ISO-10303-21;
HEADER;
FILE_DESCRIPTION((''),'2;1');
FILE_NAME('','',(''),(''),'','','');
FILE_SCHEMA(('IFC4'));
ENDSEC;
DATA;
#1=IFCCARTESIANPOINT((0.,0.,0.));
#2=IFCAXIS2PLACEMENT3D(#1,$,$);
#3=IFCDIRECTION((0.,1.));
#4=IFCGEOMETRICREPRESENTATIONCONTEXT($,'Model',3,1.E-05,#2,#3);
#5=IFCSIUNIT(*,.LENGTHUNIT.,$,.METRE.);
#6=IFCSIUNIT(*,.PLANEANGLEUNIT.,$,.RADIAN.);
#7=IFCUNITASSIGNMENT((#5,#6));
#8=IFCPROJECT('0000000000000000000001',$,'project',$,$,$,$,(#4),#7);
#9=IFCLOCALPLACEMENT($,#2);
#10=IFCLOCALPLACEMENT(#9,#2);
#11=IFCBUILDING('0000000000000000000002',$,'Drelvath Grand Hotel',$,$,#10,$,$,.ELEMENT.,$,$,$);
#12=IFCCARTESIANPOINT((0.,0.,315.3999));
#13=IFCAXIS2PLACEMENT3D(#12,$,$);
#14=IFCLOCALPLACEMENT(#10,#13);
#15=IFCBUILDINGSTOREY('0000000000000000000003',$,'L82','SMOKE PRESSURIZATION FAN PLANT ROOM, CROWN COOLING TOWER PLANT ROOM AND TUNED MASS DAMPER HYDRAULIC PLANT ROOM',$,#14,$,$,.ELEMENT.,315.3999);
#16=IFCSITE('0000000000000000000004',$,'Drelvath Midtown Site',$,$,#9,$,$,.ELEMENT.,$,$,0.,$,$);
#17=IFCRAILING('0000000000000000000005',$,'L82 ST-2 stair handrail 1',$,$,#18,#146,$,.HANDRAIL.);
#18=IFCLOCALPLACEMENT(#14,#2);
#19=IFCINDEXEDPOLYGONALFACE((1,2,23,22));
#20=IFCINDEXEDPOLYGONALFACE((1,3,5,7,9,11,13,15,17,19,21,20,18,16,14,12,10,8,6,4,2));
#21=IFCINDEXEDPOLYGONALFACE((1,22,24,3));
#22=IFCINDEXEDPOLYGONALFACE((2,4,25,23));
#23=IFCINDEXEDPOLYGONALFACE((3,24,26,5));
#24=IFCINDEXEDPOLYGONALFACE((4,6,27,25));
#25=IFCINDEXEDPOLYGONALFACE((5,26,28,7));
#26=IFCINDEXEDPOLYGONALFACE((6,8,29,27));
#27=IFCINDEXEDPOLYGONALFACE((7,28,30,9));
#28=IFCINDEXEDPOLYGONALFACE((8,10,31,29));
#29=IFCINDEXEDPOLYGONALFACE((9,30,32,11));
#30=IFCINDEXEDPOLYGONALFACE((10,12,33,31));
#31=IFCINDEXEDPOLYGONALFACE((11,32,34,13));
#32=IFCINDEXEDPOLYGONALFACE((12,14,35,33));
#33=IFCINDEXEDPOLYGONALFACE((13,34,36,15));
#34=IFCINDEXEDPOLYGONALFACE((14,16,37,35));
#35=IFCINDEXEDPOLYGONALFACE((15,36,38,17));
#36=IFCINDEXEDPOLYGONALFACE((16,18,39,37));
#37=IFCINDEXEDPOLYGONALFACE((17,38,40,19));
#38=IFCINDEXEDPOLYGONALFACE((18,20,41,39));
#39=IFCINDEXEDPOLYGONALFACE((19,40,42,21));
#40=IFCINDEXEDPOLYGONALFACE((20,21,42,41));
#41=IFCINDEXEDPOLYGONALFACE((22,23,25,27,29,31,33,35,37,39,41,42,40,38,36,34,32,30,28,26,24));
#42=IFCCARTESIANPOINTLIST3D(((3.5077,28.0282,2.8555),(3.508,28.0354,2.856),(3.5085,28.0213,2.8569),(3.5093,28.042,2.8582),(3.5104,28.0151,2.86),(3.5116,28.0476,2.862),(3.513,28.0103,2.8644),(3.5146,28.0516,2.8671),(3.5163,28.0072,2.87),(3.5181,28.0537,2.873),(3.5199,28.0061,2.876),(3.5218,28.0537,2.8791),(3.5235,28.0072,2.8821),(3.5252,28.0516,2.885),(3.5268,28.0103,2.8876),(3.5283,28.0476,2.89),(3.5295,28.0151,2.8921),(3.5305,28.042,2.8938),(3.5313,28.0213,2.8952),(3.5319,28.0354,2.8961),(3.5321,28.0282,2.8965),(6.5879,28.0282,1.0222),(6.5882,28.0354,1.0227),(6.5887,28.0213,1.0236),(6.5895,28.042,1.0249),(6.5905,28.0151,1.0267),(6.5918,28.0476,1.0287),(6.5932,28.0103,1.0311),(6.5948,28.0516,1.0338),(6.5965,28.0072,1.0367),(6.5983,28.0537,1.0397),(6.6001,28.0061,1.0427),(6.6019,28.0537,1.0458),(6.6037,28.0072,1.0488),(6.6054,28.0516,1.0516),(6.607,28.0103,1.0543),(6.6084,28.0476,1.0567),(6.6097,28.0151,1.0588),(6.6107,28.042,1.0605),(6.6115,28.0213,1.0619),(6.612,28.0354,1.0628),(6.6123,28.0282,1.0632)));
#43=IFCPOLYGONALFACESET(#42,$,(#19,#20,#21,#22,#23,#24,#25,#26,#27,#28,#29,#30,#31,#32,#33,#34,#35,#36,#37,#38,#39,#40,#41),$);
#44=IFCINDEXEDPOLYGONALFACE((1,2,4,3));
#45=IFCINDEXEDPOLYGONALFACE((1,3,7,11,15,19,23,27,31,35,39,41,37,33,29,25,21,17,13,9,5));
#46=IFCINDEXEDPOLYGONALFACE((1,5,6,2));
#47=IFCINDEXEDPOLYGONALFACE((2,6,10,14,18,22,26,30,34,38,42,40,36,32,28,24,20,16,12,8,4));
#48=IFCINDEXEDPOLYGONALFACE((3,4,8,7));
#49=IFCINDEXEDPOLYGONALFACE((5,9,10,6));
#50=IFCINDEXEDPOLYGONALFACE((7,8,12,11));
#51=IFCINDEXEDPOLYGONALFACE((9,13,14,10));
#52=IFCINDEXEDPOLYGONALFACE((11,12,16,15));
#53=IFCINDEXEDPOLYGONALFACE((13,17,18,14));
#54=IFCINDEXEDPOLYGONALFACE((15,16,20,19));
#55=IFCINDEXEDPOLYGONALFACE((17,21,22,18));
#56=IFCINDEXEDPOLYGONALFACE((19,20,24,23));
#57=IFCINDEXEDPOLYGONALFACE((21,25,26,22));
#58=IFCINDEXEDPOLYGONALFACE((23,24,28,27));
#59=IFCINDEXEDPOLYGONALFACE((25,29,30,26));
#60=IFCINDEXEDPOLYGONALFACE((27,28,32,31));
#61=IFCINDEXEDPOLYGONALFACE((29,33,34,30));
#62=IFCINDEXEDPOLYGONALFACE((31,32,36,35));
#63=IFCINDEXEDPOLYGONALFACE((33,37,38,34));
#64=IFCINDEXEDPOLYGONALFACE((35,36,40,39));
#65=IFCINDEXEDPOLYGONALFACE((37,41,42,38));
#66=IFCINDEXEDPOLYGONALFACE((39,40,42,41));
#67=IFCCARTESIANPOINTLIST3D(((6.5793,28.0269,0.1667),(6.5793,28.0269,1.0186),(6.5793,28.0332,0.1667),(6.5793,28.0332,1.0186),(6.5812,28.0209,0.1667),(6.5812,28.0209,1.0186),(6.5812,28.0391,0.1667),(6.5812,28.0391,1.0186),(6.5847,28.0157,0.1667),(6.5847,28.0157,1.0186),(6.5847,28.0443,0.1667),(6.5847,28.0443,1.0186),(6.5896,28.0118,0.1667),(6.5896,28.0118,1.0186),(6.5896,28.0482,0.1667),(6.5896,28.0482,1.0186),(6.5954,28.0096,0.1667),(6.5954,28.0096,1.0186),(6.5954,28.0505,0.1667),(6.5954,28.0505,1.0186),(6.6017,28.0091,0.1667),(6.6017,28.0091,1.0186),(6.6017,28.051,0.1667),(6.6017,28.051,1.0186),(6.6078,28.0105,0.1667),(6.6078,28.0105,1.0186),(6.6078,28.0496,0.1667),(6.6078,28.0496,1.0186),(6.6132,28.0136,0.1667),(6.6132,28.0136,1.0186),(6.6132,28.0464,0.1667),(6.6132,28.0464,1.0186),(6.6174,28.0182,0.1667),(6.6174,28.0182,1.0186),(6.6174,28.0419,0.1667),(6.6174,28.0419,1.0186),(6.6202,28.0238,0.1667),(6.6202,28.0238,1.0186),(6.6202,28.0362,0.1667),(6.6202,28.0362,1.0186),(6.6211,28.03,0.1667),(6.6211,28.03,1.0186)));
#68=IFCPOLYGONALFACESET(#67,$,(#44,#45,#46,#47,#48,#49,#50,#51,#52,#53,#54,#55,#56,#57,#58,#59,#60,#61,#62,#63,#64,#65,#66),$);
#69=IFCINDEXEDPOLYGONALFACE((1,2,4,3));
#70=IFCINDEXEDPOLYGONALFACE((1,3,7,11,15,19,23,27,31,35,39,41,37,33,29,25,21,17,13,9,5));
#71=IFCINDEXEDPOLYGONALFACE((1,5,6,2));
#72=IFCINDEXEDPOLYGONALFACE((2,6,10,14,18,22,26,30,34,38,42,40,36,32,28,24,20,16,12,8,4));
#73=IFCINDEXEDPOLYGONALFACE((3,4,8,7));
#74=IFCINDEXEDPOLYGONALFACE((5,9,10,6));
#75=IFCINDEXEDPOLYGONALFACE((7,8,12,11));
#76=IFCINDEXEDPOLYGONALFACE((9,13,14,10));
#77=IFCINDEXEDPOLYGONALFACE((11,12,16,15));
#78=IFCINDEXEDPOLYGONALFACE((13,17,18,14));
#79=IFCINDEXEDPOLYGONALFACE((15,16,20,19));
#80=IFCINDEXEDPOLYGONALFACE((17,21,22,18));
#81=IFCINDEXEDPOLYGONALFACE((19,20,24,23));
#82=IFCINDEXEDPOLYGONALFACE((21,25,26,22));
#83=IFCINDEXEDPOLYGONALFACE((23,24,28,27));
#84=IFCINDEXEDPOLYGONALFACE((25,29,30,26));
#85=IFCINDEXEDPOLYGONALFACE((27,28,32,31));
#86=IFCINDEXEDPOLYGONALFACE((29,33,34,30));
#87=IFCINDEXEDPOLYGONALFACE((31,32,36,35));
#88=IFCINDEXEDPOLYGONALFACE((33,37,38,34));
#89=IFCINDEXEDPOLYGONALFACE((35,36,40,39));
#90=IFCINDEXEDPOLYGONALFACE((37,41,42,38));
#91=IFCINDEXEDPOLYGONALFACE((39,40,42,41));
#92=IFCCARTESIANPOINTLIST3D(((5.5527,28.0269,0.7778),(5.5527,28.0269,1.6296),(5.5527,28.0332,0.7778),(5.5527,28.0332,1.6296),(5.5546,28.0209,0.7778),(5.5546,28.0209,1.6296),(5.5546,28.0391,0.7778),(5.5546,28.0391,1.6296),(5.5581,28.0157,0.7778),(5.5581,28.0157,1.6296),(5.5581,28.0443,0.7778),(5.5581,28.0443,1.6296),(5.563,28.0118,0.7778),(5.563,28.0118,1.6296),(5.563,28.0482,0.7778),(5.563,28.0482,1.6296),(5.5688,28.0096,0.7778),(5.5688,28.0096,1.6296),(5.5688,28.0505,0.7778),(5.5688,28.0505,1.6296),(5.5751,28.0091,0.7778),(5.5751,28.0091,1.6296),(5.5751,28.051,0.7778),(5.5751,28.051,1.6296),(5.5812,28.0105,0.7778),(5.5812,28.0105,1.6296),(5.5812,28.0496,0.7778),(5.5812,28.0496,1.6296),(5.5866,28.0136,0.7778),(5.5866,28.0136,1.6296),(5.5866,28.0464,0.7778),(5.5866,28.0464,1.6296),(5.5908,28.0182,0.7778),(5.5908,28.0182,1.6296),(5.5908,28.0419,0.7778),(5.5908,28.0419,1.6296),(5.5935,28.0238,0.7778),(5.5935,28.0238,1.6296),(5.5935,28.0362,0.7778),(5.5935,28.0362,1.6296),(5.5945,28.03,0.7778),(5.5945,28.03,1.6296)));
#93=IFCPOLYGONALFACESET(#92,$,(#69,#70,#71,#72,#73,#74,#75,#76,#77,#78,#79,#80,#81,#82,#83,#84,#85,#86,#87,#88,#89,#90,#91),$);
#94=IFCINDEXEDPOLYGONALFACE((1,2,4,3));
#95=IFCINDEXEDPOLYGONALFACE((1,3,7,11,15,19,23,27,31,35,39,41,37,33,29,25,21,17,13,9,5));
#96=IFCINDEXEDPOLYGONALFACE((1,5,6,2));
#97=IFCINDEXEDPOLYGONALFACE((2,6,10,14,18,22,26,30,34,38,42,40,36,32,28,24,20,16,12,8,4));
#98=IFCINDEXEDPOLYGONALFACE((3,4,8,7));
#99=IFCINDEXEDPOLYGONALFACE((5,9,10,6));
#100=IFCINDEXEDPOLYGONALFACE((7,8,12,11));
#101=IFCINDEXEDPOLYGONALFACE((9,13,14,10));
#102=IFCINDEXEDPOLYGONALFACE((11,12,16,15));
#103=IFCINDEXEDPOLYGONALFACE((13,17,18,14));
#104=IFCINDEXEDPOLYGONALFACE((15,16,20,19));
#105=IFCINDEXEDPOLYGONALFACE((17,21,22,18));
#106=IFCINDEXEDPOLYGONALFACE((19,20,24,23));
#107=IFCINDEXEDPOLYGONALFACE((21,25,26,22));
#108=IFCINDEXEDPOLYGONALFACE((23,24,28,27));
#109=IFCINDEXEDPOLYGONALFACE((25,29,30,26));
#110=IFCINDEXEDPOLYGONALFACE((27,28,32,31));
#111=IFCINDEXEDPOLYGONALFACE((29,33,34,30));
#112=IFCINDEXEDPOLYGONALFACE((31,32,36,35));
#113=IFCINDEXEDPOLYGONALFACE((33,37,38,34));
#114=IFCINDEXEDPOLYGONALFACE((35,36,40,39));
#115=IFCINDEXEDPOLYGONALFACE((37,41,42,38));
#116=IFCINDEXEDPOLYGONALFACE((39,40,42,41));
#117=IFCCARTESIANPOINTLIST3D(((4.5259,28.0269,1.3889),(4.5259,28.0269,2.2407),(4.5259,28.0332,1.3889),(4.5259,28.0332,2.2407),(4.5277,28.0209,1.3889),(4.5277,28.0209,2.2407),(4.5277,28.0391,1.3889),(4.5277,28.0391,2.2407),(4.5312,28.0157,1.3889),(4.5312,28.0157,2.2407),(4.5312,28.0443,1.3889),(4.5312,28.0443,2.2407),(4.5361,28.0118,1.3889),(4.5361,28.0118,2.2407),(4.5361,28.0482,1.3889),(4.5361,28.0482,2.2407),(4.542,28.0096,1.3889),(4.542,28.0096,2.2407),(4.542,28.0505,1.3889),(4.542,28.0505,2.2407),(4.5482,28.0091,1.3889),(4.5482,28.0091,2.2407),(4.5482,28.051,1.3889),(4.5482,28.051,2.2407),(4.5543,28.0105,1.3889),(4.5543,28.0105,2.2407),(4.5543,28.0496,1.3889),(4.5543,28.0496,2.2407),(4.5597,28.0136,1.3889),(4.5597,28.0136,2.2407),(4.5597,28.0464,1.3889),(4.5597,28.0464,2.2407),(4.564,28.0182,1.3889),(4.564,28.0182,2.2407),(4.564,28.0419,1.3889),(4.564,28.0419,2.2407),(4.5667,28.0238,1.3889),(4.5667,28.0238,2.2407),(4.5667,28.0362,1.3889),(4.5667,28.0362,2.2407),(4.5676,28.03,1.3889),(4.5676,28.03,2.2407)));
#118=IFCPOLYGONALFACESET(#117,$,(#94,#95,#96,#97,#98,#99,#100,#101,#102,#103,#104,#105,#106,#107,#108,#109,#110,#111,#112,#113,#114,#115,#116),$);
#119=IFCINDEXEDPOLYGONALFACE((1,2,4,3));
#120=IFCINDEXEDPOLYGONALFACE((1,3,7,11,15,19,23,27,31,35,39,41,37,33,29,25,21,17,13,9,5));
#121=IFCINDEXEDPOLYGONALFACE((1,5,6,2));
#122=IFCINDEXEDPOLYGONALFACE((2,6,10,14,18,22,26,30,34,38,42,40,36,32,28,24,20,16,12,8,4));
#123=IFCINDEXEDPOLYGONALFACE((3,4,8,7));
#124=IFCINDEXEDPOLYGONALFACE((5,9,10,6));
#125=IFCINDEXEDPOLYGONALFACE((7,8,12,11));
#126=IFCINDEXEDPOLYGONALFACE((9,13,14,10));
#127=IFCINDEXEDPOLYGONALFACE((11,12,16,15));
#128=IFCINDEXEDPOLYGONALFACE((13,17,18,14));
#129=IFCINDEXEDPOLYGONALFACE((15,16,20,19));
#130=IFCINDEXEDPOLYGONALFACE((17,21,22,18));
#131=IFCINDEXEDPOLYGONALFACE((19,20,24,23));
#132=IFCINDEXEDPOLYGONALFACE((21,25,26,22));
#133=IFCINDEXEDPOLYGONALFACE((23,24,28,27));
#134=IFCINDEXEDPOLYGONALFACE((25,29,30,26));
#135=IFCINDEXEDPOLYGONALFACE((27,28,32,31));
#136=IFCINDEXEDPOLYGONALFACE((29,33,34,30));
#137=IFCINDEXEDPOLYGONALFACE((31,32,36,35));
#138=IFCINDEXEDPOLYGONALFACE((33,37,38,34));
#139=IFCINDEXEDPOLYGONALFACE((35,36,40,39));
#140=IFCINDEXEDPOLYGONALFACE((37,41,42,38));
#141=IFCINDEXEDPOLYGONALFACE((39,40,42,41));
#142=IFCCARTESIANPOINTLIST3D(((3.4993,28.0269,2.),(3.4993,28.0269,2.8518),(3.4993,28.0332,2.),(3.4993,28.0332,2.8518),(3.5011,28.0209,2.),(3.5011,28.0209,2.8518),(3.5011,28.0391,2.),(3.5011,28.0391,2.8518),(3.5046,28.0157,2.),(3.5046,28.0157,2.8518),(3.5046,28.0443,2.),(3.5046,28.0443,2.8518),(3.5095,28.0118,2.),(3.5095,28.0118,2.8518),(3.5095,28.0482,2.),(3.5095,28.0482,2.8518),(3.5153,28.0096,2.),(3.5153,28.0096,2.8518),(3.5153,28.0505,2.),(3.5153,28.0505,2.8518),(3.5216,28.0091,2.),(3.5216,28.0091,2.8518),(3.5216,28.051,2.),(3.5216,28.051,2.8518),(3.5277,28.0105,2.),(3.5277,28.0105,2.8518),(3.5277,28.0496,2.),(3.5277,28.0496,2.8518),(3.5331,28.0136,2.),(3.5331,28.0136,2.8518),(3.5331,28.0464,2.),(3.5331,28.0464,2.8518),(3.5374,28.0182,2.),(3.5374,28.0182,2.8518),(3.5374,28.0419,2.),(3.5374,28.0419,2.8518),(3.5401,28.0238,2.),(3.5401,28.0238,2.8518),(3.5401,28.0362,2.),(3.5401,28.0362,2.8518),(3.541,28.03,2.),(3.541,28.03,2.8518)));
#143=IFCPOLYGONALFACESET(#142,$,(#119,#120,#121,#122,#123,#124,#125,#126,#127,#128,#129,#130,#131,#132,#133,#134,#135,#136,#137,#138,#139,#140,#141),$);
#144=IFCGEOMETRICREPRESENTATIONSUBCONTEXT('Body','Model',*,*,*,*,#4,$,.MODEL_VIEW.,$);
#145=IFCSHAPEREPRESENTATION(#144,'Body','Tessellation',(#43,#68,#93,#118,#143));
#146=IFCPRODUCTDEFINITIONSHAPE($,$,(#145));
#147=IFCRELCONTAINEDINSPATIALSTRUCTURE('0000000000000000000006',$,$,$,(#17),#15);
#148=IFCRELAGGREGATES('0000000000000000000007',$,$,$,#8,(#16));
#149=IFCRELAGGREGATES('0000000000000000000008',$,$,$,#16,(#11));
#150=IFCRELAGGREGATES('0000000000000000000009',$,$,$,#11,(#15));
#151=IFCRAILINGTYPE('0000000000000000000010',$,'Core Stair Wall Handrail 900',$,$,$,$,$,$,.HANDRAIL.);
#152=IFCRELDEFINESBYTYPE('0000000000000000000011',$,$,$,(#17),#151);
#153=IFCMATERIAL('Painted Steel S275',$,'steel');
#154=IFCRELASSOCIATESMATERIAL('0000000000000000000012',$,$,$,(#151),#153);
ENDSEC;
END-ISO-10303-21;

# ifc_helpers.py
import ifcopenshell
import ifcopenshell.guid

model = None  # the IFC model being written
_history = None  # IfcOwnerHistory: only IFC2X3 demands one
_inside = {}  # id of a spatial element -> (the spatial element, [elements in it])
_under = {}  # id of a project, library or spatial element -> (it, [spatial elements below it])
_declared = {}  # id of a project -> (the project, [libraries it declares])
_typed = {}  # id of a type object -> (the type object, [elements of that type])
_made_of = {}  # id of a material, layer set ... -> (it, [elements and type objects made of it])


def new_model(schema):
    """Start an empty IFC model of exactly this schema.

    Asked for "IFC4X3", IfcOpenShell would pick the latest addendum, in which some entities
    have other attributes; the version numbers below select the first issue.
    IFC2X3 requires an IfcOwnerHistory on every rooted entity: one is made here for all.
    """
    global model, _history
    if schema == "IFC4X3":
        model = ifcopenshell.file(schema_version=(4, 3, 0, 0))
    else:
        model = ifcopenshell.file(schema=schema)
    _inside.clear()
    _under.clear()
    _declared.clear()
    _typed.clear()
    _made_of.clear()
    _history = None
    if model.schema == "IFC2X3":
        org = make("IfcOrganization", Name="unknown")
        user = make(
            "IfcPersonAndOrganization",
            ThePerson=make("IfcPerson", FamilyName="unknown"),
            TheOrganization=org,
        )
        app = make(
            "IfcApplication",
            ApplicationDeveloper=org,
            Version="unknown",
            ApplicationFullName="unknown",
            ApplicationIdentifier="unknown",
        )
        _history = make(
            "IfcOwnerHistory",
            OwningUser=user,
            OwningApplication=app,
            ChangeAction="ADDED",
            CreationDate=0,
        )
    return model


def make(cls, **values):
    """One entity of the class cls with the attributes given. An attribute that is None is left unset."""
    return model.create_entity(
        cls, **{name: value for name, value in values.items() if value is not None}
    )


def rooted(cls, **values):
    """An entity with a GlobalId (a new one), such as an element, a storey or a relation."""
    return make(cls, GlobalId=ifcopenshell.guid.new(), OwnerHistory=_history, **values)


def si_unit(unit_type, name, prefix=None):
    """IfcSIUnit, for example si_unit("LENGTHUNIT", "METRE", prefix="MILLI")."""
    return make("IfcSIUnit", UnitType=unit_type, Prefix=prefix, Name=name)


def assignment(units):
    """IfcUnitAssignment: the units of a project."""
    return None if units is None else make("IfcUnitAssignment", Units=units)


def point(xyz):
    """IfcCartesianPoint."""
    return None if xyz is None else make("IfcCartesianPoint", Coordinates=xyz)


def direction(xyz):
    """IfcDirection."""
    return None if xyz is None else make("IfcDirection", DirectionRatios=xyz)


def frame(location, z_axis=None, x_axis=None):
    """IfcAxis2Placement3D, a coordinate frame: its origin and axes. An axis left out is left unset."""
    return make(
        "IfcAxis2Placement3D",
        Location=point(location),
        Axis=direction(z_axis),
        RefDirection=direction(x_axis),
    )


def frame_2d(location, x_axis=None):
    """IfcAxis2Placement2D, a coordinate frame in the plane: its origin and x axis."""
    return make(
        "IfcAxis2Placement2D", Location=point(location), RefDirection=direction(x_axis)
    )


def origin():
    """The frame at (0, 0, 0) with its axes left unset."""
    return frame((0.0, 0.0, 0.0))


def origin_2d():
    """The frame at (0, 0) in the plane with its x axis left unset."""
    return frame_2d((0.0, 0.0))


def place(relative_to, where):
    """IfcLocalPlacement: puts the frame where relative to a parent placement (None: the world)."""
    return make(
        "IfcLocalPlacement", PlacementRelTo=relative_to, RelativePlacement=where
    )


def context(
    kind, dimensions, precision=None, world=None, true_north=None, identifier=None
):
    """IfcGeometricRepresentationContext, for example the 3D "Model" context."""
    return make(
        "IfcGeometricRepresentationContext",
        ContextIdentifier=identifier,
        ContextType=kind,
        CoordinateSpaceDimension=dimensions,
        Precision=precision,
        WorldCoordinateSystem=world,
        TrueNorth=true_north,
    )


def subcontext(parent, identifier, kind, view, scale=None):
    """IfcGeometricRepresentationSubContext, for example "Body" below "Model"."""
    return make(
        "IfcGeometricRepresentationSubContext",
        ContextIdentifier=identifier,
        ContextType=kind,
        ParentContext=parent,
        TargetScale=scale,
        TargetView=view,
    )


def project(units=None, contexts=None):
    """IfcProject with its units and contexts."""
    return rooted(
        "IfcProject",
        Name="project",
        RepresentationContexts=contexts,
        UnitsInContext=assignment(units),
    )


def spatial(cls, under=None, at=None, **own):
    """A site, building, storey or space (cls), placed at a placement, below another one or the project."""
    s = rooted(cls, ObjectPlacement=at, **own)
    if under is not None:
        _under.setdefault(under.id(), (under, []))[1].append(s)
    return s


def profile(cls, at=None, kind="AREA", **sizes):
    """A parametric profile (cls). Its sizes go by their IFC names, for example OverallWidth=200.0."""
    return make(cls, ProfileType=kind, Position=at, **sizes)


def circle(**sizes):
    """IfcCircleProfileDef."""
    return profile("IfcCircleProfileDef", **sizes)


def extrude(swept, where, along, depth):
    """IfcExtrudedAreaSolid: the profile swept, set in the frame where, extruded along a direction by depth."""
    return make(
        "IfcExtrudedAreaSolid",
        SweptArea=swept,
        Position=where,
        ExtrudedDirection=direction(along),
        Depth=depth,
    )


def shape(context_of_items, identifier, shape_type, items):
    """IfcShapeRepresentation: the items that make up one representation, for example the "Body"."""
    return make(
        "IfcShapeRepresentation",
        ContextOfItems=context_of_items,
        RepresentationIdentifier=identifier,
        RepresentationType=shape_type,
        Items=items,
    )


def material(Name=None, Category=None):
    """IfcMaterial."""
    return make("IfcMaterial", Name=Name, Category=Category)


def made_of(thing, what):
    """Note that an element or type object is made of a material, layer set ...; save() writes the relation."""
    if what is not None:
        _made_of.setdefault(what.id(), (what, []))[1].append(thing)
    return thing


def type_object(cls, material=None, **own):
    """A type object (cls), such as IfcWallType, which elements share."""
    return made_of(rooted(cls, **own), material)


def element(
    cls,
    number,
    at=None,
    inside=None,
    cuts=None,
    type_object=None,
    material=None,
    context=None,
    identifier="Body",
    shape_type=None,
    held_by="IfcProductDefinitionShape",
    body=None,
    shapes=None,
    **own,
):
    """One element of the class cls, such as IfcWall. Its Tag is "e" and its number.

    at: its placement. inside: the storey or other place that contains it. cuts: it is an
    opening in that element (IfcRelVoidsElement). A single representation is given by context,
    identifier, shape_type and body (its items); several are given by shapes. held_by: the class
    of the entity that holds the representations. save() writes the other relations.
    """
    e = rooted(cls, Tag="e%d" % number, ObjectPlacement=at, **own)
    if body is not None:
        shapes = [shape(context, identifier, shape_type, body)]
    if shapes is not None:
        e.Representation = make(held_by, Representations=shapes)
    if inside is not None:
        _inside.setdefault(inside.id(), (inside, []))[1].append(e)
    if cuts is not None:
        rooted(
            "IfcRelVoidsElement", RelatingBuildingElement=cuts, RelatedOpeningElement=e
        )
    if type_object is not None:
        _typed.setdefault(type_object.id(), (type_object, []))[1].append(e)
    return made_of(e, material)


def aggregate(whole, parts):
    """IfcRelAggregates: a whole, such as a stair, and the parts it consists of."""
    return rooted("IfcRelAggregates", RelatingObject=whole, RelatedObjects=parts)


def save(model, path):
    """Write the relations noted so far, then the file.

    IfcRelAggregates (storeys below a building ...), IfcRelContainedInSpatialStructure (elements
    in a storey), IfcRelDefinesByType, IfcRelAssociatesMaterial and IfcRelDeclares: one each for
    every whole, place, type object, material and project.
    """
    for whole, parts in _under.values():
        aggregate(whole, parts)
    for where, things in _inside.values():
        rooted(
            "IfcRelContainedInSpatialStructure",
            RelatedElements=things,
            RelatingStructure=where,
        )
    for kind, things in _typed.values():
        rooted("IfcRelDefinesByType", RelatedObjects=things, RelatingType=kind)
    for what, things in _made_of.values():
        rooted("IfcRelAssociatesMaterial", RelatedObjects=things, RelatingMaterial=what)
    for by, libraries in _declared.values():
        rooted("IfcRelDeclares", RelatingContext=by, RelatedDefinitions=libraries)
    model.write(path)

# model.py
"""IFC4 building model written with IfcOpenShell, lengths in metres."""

from ifc_helpers import new_model, si_unit, direction, frame, origin, origin_2d, place, context, subcontext, project, spatial, circle, extrude, material, type_object, element, save


model = new_model("IFC4")

# Units and contexts
model_context = context("Model", 3, precision=1e-05, world=origin(), true_north=direction((0.0, 1.0)))
body_context = subcontext(model_context, "Body", "Model", "MODEL_VIEW")
ifc_project = project(units=[si_unit("LENGTHUNIT", "METRE"), si_unit("PLANEANGLEUNIT", "RADIAN")], contexts=[model_context])

# Site, building, storey
site_placement = place(None, origin())
site = spatial("IfcSite", under=ifc_project, at=site_placement, Name="Drelvath Midtown Site", CompositionType="ELEMENT", RefElevation=0.0)
building_placement = place(site_placement, origin())
building = spatial("IfcBuilding", under=site, at=building_placement, Name="Drelvath Grand Hotel", CompositionType="ELEMENT")
storey_placement = place(building_placement, frame((0.0, 0.0, 315.3999)))
storey = spatial("IfcBuildingStorey", under=building, at=storey_placement, Name="L82", Description="SMOKE PRESSURIZATION FAN PLANT ROOM, CROWN COOLING TOWER PLANT ROOM AND TUNED MASS DAMPER HYDRAULIC PLANT ROOM", CompositionType="ELEMENT", Elevation=315.3999)

# Shared definitions
ifc_material_1 = material(Name="Painted Steel S275", Category="steel")

# Railing
railing_type_1 = type_object("IfcRailingType", Name="Core Stair Wall Handrail 900", PredefinedType="HANDRAIL", material=ifc_material_1)
railing_1_placement = place(storey_placement, frame((6.6001, 28.03, 0.1667)))
element("IfcRailing", 1, at=railing_1_placement, inside=storey, type_object=railing_type_1, Name="L82 ST-2 stair handrail 1", PredefinedType="HANDRAIL", context=body_context, shape_type="SweptSolid", body=[
    extrude(circle(Radius=0.0239, at=origin_2d()), frame((0.0, 0.0, 0.876), z_axis=(-0.859309, 0.0, 0.511458), x_axis=(0.0, -1.0, 0.0)), (0.0, 0.0, 1.0), 3.5845),
    extrude(circle(Radius=0.021, at=origin_2d()), origin(), (0.0, 0.0, 1.0), 0.8518),
    extrude(circle(Radius=0.021, at=origin_2d()), frame((-1.0266, 0.0, 0.6111)), (0.0, 0.0, 1.0), 0.8518),
    extrude(circle(Radius=0.021, at=origin_2d()), frame((-2.0535, 0.0, 1.2222)), (0.0, 0.0, 1.0), 0.8518),
    extrude(circle(Radius=0.021, at=origin_2d()), frame((-3.0801, 0.0, 1.8333)), (0.0, 0.0, 1.0), 0.8518),
])

save(model, "model.ifc")
